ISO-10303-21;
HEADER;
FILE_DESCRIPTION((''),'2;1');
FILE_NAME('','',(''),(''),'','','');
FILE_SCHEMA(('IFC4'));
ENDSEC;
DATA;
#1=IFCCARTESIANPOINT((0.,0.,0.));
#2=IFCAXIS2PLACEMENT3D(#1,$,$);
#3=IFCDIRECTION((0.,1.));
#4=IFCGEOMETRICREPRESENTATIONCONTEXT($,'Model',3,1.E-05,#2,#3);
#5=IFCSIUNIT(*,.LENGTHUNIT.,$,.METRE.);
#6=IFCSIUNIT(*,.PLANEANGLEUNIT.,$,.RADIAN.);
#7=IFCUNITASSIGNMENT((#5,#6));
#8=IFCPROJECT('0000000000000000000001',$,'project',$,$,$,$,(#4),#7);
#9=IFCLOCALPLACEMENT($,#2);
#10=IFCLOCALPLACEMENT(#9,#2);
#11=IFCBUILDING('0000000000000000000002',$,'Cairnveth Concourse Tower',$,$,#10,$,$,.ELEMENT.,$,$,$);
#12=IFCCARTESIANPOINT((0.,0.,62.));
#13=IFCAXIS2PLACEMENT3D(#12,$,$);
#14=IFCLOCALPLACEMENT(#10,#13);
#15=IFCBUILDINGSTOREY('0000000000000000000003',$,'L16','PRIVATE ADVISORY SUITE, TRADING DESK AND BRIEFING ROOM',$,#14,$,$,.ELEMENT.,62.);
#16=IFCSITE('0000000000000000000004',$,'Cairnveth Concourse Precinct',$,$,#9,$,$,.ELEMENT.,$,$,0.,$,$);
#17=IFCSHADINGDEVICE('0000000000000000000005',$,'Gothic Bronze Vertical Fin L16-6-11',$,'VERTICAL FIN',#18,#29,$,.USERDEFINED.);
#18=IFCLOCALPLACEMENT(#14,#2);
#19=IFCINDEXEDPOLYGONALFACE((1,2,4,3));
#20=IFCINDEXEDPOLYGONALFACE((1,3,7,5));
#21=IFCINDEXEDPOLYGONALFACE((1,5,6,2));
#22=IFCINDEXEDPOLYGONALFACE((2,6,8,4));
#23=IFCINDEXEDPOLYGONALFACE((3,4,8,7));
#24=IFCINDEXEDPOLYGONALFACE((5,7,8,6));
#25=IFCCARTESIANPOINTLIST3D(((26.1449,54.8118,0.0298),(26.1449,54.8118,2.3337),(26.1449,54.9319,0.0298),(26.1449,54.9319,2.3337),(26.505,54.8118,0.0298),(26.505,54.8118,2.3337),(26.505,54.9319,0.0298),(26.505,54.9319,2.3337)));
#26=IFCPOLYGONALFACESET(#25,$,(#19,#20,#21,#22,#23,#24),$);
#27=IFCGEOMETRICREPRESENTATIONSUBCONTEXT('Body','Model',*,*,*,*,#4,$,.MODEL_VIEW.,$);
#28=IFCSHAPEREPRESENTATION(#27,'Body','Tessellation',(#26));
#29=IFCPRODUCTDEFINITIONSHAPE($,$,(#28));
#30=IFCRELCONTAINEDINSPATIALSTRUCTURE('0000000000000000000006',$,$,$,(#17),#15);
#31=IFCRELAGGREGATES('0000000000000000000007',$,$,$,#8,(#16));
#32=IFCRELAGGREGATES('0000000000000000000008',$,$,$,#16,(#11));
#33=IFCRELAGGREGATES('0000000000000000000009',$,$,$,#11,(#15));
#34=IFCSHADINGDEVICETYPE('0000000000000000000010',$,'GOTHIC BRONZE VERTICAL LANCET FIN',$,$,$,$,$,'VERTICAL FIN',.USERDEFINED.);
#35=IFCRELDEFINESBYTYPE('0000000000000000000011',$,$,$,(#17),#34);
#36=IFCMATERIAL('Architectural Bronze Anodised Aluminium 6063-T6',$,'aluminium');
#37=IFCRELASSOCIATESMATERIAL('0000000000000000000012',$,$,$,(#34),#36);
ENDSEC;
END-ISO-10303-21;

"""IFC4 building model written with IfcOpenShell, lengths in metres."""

from ifc_helpers import new_model, si_unit, direction, frame, origin, origin_2d, place, context, subcontext, project, spatial, rectangle, extrude, material, type_object, element, save


model = new_model("IFC4")

# Units and contexts
model_context = context("Model", 3, precision=1e-05, world=origin(), true_north=direction((0.0, 1.0)))
body_context = subcontext(model_context, "Body", "Model", "MODEL_VIEW")
ifc_project = project(units=[si_unit("LENGTHUNIT", "METRE"), si_unit("PLANEANGLEUNIT", "RADIAN")], contexts=[model_context])

# Site, building, storey
site_placement = place(None, origin())
site = spatial("IfcSite", under=ifc_project, at=site_placement, Name="Cairnveth Concourse Precinct", CompositionType="ELEMENT", RefElevation=0.0)
building_placement = place(site_placement, origin())
building = spatial("IfcBuilding", under=site, at=building_placement, Name="Cairnveth Concourse Tower", CompositionType="ELEMENT")
storey_placement = place(building_placement, frame((0.0, 0.0, 62.0)))
storey = spatial("IfcBuildingStorey", under=building, at=storey_placement, Name="L16", Description="PRIVATE ADVISORY SUITE, TRADING DESK AND BRIEFING ROOM", CompositionType="ELEMENT", Elevation=62.0)

# Shading device
ifc_material_1 = material(Name="Architectural Bronze Anodised Aluminium 6063-T6", Category="aluminium")
shading_device_type = type_object("IfcShadingDeviceType", Name="GOTHIC BRONZE VERTICAL LANCET FIN", ElementType="VERTICAL FIN", PredefinedType="USERDEFINED", material=ifc_material_1)
for number, where, z_axis, x_axis, name in (
    (1, (26.325, 54.8718, 0.0298), (0.0, 0.0, 1.0), (0.0, 1.0, 0.0), "Gothic Bronze Vertical Fin L16-6-11"),
):
    element("IfcShadingDevice", number, at=place(storey_placement, frame(where, z_axis=z_axis, x_axis=x_axis)), inside=storey, type_object=shading_device_type, Name=name, ObjectType="VERTICAL FIN", PredefinedType="USERDEFINED", context=body_context, shape_type="SweptSolid", body=[
        extrude(rectangle(XDim=0.1201, YDim=0.3601, at=origin_2d()), origin(), (0.0, 0.0, 1.0), 2.304),
    ])

save(model, "model.ifc")
